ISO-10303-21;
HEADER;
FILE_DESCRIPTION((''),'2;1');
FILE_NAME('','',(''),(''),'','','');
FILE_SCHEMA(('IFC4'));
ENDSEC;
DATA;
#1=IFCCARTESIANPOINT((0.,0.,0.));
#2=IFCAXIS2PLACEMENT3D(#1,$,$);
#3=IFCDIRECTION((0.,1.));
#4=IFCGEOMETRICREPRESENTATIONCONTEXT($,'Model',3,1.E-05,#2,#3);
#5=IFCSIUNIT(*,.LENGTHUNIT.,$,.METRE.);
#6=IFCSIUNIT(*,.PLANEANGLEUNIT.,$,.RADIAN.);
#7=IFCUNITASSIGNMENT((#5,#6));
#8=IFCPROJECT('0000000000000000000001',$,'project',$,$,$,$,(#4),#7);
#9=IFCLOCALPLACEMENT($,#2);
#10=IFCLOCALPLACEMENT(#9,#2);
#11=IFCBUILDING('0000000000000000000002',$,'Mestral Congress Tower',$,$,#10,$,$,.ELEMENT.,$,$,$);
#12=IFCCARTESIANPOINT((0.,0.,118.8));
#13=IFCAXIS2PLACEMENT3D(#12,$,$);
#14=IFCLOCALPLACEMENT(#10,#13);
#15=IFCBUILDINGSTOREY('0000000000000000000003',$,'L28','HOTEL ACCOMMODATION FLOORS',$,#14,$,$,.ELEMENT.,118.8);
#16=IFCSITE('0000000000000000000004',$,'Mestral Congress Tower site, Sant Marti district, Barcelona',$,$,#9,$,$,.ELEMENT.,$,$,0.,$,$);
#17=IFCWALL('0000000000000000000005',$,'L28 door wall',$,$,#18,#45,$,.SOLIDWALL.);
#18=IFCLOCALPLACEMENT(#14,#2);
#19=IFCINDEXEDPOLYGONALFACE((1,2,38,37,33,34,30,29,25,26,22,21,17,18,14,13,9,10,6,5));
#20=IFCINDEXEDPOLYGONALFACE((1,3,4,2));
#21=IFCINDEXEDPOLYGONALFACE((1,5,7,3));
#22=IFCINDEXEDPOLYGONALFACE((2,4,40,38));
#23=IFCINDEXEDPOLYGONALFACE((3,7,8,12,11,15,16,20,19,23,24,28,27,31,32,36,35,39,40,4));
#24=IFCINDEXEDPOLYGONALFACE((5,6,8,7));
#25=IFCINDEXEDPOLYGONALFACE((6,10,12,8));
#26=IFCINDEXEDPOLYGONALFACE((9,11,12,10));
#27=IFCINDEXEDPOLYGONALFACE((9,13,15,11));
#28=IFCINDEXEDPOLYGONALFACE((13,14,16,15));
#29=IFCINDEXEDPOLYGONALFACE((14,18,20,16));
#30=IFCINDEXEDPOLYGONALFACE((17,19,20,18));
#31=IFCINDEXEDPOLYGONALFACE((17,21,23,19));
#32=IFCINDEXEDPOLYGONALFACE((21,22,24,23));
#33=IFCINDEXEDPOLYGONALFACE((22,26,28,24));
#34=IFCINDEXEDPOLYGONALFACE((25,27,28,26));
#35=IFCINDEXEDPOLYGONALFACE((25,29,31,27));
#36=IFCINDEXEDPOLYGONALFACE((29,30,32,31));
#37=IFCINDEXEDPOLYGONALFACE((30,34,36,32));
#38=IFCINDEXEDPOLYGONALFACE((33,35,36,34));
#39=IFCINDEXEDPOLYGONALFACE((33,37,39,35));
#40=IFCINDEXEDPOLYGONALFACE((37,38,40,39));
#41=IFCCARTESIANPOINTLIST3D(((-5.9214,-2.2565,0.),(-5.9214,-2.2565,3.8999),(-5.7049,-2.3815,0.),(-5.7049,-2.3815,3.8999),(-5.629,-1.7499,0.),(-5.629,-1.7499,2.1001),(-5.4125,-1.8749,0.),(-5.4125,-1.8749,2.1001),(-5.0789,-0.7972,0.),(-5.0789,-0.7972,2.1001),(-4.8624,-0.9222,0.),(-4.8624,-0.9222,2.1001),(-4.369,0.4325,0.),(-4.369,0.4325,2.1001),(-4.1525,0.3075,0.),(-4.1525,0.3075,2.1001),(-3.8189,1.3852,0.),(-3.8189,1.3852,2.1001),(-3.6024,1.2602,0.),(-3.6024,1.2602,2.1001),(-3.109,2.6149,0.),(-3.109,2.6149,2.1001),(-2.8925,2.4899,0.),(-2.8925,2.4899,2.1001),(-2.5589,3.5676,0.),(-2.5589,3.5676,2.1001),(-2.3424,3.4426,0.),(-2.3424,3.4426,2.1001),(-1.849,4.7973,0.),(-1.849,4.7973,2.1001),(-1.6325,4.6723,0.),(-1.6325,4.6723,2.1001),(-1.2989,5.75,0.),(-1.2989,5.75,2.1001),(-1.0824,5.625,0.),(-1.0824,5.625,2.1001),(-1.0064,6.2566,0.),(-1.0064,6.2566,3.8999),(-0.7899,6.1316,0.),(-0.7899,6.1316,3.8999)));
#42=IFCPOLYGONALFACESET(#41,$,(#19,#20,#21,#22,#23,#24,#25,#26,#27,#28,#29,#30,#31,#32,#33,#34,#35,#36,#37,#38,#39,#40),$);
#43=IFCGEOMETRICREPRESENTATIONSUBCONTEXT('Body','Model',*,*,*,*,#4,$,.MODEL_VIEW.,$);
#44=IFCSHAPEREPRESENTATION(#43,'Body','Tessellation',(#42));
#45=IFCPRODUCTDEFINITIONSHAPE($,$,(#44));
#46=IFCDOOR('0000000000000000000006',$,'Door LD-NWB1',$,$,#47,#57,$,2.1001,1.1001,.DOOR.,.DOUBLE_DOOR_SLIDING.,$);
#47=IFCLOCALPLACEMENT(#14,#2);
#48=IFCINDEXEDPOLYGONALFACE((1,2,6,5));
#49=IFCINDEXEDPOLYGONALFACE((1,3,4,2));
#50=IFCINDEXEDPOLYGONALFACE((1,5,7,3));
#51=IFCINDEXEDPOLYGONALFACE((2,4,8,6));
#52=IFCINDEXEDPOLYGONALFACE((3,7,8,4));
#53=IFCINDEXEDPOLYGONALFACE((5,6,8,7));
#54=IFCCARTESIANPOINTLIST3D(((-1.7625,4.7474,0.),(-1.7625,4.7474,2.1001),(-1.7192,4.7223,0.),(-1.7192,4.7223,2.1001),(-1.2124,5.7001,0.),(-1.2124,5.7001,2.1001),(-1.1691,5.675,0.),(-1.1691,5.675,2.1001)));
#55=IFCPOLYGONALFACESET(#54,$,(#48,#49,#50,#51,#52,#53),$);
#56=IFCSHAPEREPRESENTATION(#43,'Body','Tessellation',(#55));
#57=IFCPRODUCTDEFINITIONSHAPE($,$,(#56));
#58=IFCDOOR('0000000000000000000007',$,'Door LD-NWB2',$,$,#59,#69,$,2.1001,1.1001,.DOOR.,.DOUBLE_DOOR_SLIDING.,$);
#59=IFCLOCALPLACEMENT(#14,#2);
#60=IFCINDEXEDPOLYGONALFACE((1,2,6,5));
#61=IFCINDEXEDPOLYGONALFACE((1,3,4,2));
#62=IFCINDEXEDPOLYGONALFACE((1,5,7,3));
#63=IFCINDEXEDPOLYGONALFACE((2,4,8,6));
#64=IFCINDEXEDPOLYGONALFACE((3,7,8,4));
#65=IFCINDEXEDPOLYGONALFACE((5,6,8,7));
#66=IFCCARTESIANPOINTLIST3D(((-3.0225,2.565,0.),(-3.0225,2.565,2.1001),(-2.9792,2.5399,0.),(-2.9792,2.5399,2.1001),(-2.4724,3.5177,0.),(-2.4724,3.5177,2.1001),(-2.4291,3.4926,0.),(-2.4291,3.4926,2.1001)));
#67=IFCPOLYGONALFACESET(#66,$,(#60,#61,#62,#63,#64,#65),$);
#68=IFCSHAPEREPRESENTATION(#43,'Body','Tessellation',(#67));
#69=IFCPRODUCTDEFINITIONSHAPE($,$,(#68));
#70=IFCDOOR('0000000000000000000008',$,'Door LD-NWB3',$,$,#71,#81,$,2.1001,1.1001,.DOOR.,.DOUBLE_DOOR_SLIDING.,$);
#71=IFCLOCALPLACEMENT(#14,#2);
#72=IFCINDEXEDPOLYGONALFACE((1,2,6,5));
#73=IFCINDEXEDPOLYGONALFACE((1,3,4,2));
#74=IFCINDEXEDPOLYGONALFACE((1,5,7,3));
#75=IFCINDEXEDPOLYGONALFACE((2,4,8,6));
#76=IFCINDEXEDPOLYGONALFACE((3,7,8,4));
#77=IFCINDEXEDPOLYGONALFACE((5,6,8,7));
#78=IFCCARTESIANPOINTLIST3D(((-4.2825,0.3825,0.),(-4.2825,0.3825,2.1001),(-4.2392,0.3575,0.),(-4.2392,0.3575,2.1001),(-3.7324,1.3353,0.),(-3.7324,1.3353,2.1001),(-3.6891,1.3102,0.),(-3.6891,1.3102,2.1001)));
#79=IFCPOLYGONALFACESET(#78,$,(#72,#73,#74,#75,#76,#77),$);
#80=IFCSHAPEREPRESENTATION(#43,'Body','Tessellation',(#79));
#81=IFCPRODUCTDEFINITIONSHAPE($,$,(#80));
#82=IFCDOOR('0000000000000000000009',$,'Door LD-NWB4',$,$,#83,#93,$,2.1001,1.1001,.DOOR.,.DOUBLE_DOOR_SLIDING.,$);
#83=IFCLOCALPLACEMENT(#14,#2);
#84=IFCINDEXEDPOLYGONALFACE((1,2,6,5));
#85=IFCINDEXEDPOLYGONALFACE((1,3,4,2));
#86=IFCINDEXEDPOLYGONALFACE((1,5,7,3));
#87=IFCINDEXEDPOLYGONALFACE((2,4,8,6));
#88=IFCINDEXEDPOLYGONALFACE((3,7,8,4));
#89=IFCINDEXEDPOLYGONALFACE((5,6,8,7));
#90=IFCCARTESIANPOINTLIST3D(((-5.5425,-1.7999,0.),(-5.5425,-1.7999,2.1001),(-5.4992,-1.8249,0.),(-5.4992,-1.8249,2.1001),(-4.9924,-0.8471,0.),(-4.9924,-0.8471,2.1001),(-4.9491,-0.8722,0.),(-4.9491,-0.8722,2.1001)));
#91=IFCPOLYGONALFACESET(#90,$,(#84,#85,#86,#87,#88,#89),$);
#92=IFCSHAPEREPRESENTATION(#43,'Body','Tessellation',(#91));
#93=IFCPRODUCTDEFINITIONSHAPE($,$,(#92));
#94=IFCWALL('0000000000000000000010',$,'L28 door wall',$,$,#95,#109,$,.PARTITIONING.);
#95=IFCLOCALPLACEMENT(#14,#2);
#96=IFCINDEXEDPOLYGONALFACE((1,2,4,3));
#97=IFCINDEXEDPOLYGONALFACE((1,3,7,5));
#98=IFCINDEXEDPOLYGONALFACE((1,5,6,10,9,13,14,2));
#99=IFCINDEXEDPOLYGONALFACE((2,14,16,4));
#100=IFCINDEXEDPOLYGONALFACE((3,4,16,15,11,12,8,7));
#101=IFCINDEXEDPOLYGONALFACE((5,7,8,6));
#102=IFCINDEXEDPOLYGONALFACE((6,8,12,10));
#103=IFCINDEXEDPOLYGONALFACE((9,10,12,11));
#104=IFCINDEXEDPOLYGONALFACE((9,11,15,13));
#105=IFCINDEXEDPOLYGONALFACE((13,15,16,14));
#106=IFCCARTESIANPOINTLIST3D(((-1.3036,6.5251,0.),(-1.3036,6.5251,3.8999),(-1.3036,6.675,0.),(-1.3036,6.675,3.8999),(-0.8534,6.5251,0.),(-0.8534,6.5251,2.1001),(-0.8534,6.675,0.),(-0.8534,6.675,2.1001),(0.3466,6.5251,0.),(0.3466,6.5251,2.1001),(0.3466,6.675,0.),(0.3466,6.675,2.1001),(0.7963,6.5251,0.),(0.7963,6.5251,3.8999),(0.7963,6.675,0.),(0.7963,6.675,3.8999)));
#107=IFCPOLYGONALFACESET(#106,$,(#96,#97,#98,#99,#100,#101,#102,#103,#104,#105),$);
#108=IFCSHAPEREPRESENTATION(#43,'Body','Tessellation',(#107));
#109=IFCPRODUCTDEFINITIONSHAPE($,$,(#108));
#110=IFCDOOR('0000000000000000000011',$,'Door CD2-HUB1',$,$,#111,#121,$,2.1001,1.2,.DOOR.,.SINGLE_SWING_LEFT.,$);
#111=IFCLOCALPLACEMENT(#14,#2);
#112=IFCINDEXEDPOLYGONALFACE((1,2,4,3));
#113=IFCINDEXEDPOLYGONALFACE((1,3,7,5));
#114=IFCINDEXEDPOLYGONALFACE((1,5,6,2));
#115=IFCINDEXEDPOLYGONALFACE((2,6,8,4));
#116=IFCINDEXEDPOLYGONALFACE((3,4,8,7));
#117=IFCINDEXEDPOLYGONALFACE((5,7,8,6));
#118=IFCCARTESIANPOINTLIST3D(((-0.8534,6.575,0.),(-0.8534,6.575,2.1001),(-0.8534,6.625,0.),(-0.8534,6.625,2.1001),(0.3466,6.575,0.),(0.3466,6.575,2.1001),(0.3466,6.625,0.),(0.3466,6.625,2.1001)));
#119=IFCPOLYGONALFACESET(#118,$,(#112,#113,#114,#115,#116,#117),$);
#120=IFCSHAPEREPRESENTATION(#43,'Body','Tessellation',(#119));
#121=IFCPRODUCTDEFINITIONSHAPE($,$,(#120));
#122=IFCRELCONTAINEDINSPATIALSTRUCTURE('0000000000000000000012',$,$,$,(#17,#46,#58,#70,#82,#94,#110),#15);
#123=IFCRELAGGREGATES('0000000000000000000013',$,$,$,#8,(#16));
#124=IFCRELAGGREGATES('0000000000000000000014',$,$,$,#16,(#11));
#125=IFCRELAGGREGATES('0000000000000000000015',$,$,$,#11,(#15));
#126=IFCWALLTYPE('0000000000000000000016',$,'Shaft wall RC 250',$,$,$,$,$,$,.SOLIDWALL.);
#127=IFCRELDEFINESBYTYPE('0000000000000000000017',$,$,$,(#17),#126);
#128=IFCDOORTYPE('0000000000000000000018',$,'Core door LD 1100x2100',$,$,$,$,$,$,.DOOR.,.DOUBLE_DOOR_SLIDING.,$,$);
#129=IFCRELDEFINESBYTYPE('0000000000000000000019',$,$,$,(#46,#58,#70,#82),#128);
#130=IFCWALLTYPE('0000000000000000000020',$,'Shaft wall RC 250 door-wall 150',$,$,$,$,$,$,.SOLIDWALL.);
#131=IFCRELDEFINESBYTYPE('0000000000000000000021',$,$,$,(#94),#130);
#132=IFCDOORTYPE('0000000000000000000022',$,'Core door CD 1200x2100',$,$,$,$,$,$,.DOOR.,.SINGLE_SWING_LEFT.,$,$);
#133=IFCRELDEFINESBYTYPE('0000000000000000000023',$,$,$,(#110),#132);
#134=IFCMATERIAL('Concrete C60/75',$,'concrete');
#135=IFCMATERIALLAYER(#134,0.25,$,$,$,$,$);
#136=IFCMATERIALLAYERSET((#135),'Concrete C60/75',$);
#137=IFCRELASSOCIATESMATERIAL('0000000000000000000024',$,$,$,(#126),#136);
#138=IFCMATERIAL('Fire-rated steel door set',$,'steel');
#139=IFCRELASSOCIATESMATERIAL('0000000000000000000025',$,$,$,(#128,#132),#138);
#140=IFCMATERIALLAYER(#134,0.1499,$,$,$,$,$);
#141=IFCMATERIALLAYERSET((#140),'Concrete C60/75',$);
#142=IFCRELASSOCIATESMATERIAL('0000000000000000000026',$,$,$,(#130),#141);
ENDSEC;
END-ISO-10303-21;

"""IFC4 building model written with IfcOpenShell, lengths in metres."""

from ifc_helpers import new_model, si_unit, direction, frame, frame_2d, origin, place, context, subcontext, project, spatial, rectangle, extrude, material, layer, layer_set, type_object, element, fill, save


model = new_model("IFC4")

# Units and contexts
model_context = context("Model", 3, precision=1e-05, world=origin(), true_north=direction((0.0, 1.0)))
body_context = subcontext(model_context, "Body", "Model", "MODEL_VIEW")
ifc_project = project(units=[si_unit("LENGTHUNIT", "METRE"), si_unit("PLANEANGLEUNIT", "RADIAN")], contexts=[model_context])

# Site, building, storey
site_placement = place(None, origin())
site = spatial("IfcSite", under=ifc_project, at=site_placement, Name="Mestral Congress Tower site, Sant Marti district, Barcelona", CompositionType="ELEMENT", RefElevation=0.0)
building_placement = place(site_placement, origin())
building = spatial("IfcBuilding", under=site, at=building_placement, Name="Mestral Congress Tower", CompositionType="ELEMENT")
storey_placement = place(building_placement, frame((0.0, 0.0, 118.8)))
storey = spatial("IfcBuildingStorey", under=building, at=storey_placement, Name="L28", Description="HOTEL ACCOMMODATION FLOORS", CompositionType="ELEMENT", Elevation=118.8)

# Shared definitions
ifc_material_1 = material(Name="Concrete C60/75", Category="concrete")

# Shared definitions
ifc_layer_1 = layer(ifc_material_1, 0.25)
ifc_layer_set_1 = layer_set([ifc_layer_1], Name="Concrete C60/75")
wall_type_1 = type_object("IfcWallType", Name="Shaft wall RC 250", PredefinedType="SOLIDWALL", material=ifc_layer_set_1)

# Wall, openings, doors
wall_1_placement = place(storey_placement, frame((-0.8982, 6.1941, 0.0), z_axis=(0.0, 0.0, 1.0), x_axis=(-0.499996, -0.866028, 0.0)))
wall_1 = element("IfcWall", 1, at=wall_1_placement, inside=storey, type_object=wall_type_1, Name="L28 door wall", PredefinedType="SOLIDWALL", context=body_context, shape_type="SweptSolid", body=[
    extrude(rectangle(XDim=9.8301, YDim=0.25, at=frame_2d((4.915, 0.0))), origin(), (0.0, 0.0, 1.0), 3.8999),
])
opening_1_placement = place(wall_1_placement, frame((0.585, 0.0, 0.0)))
opening_1 = element("IfcOpeningElement", 2, at=opening_1_placement, cuts=wall_1, PredefinedType="OPENING", context=body_context, shape_type="SweptSolid", body=[
    extrude(rectangle(XDim=1.1001, YDim=2.1001, at=frame_2d((0.55, 1.05))), frame((0.0, 0.135, 0.0), z_axis=(0.0, -1.0, 0.0), x_axis=(1.0, 0.0, 0.0)), (0.0, 0.0, 1.0), 0.27),
])
opening_2_placement = place(wall_1_placement, frame((3.105, 0.0, 0.0)))
opening_2 = element("IfcOpeningElement", 3, at=opening_2_placement, cuts=wall_1, PredefinedType="OPENING", context=body_context, shape_type="SweptSolid", body=[
    extrude(rectangle(XDim=1.1001, YDim=2.1001, at=frame_2d((0.55, 1.05))), frame((0.0, 0.135, 0.0), z_axis=(0.0, -1.0, 0.0), x_axis=(1.0, 0.0, 0.0)), (0.0, 0.0, 1.0), 0.27),
])
opening_3_placement = place(wall_1_placement, frame((5.625, 0.0, 0.0)))
opening_3 = element("IfcOpeningElement", 4, at=opening_3_placement, cuts=wall_1, PredefinedType="OPENING", context=body_context, shape_type="SweptSolid", body=[
    extrude(rectangle(XDim=1.1001, YDim=2.1001, at=frame_2d((0.55, 1.05))), frame((0.0, 0.135, 0.0), z_axis=(0.0, -1.0, 0.0), x_axis=(1.0, 0.0, 0.0)), (0.0, 0.0, 1.0), 0.27),
])
opening_4_placement = place(wall_1_placement, frame((8.145, 0.0, 0.0)))
opening_4 = element("IfcOpeningElement", 5, at=opening_4_placement, cuts=wall_1, PredefinedType="OPENING", context=body_context, shape_type="SweptSolid", body=[
    extrude(rectangle(XDim=1.1001, YDim=2.1001, at=frame_2d((0.55, 1.05))), frame((0.0, 0.135, 0.0), z_axis=(0.0, -1.0, 0.0), x_axis=(1.0, 0.0, 0.0)), (0.0, 0.0, 1.0), 0.27),
])
ifc_material_2 = material(Name="Fire-rated steel door set", Category="steel")
door_type_1 = type_object("IfcDoorType", Name="Core door LD 1100x2100", OperationType="DOUBLE_DOOR_SLIDING", PredefinedType="DOOR", material=ifc_material_2)
door_1_placement = place(opening_1_placement, origin())
door_1 = element("IfcDoor", 6, at=door_1_placement, inside=storey, type_object=door_type_1, Name="Door LD-NWB1", OperationType="DOUBLE_DOOR_SLIDING", OverallHeight=2.1001, OverallWidth=1.1001, PredefinedType="DOOR", context=body_context, shape_type="SweptSolid", body=[
    extrude(rectangle(XDim=1.1001, YDim=2.1001, at=frame_2d((0.55, 1.05))), frame((0.0, 0.0249, 0.0), z_axis=(0.0, -1.0, 0.0), x_axis=(1.0, 0.0, 0.0)), (0.0, 0.0, 1.0), 0.05),
])
fill(opening_1, door_1)
door_2_placement = place(opening_2_placement, origin())
door_2 = element("IfcDoor", 7, at=door_2_placement, inside=storey, type_object=door_type_1, Name="Door LD-NWB2", OperationType="DOUBLE_DOOR_SLIDING", OverallHeight=2.1001, OverallWidth=1.1001, PredefinedType="DOOR", context=body_context, shape_type="SweptSolid", body=[
    extrude(rectangle(XDim=1.1001, YDim=2.1001, at=frame_2d((0.55, 1.05))), frame((0.0, 0.0249, 0.0), z_axis=(0.0, -1.0, 0.0), x_axis=(1.0, 0.0, 0.0)), (0.0, 0.0, 1.0), 0.05),
])
fill(opening_2, door_2)
door_3_placement = place(opening_3_placement, origin())
door_3 = element("IfcDoor", 8, at=door_3_placement, inside=storey, type_object=door_type_1, Name="Door LD-NWB3", OperationType="DOUBLE_DOOR_SLIDING", OverallHeight=2.1001, OverallWidth=1.1001, PredefinedType="DOOR", context=body_context, shape_type="SweptSolid", body=[
    extrude(rectangle(XDim=1.1001, YDim=2.1001, at=frame_2d((0.55, 1.05))), frame((0.0, 0.0249, 0.0), z_axis=(0.0, -1.0, 0.0), x_axis=(1.0, 0.0, 0.0)), (0.0, 0.0, 1.0), 0.05),
])
fill(opening_3, door_3)
door_4_placement = place(opening_4_placement, origin())
door_4 = element("IfcDoor", 9, at=door_4_placement, inside=storey, type_object=door_type_1, Name="Door LD-NWB4", OperationType="DOUBLE_DOOR_SLIDING", OverallHeight=2.1001, OverallWidth=1.1001, PredefinedType="DOOR", context=body_context, shape_type="SweptSolid", body=[
    extrude(rectangle(XDim=1.1001, YDim=2.1001, at=frame_2d((0.55, 1.05))), frame((0.0, 0.0249, 0.0), z_axis=(0.0, -1.0, 0.0), x_axis=(1.0, 0.0, 0.0)), (0.0, 0.0, 1.0), 0.05),
])
fill(opening_4, door_4)

# Wall, opening, door
ifc_layer_2 = layer(ifc_material_1, 0.1499)
ifc_layer_set_2 = layer_set([ifc_layer_2], Name="Concrete C60/75")
wall_type_2 = type_object("IfcWallType", Name="Shaft wall RC 250 door-wall 150", PredefinedType="SOLIDWALL", material=ifc_layer_set_2)
wall_2_placement = place(storey_placement, frame((-1.3035, 6.6001, 0.0), z_axis=(0.0, 0.0, 1.0), x_axis=(1.0, 0.0, 0.0)))
wall_2 = element("IfcWall", 10, at=wall_2_placement, inside=storey, type_object=wall_type_2, Name="L28 door wall", PredefinedType="PARTITIONING", context=body_context, shape_type="SweptSolid", body=[
    extrude(rectangle(XDim=2.0999, YDim=0.1499, at=frame_2d((1.0498, 0.0))), origin(), (0.0, 0.0, 1.0), 3.8999),
])
opening_5_placement = place(wall_2_placement, frame((0.45, 0.0, 0.0)))
opening_5 = element("IfcOpeningElement", 11, at=opening_5_placement, cuts=wall_2, PredefinedType="OPENING", context=body_context, shape_type="SweptSolid", body=[
    extrude(rectangle(XDim=1.2, YDim=2.1001, at=frame_2d((0.6001, 1.05))), frame((0.0, 0.085, 0.0), z_axis=(0.0, -1.0, 0.0), x_axis=(1.0, 0.0, 0.0)), (0.0, 0.0, 1.0), 0.1699),
])
door_type_2 = type_object("IfcDoorType", Name="Core door CD 1200x2100", OperationType="SINGLE_SWING_LEFT", PredefinedType="DOOR", material=ifc_material_2)
door_5_placement = place(opening_5_placement, origin())
door_5 = element("IfcDoor", 12, at=door_5_placement, inside=storey, type_object=door_type_2, Name="Door CD2-HUB1", OperationType="SINGLE_SWING_LEFT", OverallHeight=2.1001, OverallWidth=1.2, PredefinedType="DOOR", context=body_context, shape_type="SweptSolid", body=[
    extrude(rectangle(XDim=1.2, YDim=2.1001, at=frame_2d((0.6001, 1.05))), frame((0.0, 0.0249, 0.0), z_axis=(0.0, -1.0, 0.0), x_axis=(1.0, 0.0, 0.0)), (0.0, 0.0, 1.0), 0.05),
])
fill(opening_5, door_5)

save(model, "model.ifc")
